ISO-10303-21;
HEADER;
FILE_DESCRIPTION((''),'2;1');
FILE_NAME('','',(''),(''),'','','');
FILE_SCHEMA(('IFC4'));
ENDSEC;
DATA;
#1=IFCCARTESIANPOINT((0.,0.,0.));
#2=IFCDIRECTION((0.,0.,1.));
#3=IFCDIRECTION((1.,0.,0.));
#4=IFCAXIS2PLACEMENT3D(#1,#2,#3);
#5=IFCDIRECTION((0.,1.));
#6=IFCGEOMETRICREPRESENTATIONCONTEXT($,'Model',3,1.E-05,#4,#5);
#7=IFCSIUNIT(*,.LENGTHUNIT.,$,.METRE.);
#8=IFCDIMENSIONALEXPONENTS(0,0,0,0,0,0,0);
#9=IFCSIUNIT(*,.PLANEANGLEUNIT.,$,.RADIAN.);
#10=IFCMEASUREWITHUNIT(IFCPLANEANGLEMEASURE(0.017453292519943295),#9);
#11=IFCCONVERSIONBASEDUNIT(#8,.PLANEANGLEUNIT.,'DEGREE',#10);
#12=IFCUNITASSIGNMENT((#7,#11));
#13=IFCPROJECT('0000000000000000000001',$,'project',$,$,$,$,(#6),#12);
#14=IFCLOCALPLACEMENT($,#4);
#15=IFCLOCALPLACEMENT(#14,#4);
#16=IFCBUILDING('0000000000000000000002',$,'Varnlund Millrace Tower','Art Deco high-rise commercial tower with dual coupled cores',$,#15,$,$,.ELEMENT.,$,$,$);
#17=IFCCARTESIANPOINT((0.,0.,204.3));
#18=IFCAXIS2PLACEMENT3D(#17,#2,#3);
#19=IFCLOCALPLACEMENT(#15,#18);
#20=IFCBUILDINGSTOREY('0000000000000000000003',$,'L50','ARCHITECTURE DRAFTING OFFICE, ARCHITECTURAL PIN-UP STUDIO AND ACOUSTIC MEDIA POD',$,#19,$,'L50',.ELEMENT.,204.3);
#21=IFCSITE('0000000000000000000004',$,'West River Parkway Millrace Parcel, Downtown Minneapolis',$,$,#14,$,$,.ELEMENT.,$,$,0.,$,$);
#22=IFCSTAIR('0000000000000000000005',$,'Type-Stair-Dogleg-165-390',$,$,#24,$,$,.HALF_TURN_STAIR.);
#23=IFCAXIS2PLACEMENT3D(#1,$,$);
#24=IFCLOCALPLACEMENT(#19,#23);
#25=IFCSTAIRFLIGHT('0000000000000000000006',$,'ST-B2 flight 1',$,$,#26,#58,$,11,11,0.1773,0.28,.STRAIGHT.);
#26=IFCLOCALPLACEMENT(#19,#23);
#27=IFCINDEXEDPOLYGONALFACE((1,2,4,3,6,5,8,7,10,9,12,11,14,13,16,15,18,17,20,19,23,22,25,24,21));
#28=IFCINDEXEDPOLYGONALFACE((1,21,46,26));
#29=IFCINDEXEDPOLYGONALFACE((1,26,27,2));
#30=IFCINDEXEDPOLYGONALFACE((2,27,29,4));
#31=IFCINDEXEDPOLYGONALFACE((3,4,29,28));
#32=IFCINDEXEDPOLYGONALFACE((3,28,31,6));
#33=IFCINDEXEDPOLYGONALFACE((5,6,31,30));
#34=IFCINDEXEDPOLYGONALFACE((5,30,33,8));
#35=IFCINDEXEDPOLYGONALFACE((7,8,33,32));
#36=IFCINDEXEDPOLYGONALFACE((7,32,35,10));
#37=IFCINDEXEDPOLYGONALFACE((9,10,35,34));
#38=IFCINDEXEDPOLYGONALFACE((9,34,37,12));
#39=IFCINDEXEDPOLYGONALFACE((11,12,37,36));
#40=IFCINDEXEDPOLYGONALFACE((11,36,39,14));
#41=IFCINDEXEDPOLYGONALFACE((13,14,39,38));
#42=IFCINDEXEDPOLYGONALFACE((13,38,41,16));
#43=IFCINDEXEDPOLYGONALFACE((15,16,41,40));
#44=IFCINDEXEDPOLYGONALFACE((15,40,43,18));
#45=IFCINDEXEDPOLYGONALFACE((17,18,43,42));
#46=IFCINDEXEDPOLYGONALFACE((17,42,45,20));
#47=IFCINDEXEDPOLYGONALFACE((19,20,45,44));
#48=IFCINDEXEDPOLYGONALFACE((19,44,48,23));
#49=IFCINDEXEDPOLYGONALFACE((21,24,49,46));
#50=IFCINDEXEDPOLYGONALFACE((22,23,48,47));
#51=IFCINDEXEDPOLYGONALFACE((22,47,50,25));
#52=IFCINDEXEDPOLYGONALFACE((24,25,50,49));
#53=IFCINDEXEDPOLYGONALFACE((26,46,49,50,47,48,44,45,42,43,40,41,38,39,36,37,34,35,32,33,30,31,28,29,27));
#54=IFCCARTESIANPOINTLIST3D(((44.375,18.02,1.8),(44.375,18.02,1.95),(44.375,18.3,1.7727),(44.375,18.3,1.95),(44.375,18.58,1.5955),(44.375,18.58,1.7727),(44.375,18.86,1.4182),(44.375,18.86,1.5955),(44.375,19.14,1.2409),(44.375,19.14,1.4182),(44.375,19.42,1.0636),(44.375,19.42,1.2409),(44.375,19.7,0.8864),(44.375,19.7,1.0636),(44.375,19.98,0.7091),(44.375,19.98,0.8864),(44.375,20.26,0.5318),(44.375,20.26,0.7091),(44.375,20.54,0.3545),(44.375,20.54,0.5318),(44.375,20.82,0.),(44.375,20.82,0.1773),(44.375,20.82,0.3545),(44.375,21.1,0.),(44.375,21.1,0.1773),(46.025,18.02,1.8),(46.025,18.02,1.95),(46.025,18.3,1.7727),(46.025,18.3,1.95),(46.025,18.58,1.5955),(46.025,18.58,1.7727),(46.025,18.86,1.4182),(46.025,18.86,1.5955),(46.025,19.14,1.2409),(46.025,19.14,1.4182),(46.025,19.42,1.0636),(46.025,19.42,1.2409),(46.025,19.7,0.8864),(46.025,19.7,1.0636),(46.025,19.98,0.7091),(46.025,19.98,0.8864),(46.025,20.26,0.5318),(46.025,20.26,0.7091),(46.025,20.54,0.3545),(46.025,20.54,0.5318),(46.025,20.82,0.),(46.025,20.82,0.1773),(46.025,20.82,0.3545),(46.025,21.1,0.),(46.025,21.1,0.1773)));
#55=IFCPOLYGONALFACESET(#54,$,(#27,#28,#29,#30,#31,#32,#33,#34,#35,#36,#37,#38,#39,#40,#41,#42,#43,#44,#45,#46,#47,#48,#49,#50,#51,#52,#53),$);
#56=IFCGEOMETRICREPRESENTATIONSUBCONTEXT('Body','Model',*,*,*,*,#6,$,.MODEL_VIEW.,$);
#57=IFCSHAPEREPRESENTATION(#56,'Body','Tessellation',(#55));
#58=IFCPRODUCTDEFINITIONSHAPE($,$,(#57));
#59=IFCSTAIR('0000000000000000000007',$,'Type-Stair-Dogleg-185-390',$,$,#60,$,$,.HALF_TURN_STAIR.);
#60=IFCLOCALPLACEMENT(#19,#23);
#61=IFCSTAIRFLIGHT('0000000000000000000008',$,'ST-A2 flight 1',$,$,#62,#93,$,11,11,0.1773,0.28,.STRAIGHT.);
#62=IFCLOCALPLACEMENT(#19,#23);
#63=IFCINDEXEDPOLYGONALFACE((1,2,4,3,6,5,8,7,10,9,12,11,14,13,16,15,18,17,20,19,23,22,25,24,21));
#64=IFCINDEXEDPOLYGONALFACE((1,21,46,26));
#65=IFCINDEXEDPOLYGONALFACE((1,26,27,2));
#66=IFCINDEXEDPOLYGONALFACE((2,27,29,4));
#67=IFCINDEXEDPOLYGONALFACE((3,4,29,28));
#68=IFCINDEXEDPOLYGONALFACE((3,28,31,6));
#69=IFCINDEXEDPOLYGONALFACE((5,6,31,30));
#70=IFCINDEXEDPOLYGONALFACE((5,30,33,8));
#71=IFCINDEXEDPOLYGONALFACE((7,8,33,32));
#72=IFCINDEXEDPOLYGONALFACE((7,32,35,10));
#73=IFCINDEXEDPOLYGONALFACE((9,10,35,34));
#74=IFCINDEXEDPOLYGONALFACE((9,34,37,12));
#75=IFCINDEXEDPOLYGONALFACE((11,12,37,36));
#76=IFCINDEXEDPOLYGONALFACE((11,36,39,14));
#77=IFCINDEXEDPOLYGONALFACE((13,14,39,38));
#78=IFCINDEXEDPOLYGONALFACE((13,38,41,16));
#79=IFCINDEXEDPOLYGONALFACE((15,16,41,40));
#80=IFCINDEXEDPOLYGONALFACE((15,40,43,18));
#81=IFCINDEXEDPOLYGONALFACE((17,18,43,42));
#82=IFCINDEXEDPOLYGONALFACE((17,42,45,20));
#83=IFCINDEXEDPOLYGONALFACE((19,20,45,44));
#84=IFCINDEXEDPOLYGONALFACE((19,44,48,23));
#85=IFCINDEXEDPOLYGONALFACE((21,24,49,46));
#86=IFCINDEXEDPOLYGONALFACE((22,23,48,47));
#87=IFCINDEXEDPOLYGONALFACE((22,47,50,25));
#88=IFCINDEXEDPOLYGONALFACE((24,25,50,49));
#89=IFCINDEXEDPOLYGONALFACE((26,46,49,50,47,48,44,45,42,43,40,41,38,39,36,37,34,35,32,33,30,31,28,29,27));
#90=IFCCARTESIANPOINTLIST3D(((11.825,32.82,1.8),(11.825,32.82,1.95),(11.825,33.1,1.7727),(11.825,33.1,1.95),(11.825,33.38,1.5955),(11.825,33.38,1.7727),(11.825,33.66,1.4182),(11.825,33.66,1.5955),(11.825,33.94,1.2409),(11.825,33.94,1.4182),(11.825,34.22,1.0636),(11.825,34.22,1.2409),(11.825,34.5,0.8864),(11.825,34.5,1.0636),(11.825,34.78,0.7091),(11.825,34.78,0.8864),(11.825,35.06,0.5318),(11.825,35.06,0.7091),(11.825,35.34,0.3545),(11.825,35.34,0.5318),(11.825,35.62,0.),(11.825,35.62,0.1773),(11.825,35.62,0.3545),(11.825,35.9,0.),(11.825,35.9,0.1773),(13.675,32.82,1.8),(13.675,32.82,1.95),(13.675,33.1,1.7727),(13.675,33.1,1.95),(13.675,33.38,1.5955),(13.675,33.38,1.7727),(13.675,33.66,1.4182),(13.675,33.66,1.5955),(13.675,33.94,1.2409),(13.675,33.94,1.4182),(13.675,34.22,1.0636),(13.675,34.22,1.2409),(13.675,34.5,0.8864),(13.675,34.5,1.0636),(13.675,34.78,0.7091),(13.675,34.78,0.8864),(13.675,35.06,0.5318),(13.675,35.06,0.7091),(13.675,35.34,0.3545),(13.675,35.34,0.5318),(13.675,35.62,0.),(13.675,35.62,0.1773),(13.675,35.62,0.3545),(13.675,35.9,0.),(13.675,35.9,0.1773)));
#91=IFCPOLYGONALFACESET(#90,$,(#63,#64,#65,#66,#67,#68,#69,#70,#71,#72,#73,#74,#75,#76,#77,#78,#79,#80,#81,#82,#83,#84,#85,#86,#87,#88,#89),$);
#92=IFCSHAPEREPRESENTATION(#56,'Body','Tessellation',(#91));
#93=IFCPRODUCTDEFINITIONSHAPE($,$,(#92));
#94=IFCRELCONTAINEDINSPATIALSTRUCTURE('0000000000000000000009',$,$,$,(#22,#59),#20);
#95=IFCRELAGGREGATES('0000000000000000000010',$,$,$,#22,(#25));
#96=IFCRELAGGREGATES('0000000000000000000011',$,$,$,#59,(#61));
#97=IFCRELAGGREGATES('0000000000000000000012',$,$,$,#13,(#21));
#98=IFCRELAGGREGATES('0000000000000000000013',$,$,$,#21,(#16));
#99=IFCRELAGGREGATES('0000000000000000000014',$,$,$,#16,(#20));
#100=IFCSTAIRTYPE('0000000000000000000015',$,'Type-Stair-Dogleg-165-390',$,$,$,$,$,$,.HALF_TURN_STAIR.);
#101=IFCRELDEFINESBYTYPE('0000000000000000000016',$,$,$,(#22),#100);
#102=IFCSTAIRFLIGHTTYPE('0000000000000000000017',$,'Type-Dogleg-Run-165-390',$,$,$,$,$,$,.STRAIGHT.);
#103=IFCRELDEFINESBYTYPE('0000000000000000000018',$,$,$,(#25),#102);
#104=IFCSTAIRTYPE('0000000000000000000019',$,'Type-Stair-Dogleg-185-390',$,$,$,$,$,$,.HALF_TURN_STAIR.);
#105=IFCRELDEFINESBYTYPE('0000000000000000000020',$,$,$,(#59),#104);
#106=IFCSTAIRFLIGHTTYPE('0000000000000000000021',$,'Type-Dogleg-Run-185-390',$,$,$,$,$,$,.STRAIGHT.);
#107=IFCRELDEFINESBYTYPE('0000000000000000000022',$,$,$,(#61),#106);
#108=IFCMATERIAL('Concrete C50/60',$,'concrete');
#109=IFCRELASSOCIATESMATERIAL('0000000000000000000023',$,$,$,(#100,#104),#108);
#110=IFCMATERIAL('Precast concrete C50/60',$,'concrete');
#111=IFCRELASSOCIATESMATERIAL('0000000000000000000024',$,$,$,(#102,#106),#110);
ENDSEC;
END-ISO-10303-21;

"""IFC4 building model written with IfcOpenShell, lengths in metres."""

from ifc_helpers import new_model, entity, si_unit, converted_unit, direction, frame, origin_with_axes, place, context, subcontext, project, spatial, polyline, outline, extrude, material, type_object, element, aggregate, save


model = new_model("IFC4")

# Units and contexts
model_context = context("Model", 3, precision=1e-05, world=origin_with_axes(), true_north=direction((0.0, 1.0)))
body_context = subcontext(model_context, "Body", "Model", "MODEL_VIEW")
ifc_project = project(units=[si_unit("LENGTHUNIT", "METRE"), converted_unit("PLANEANGLEUNIT", "DEGREE", entity("IfcPlaneAngleMeasure", 0.017453292519943295), si_unit("PLANEANGLEUNIT", "RADIAN"), dimensions=[0, 0, 0, 0, 0, 0, 0])], contexts=[model_context])

# Site, building, storey
site_placement = place(None, origin_with_axes())
site = spatial("IfcSite", under=ifc_project, at=site_placement, Name="West River Parkway Millrace Parcel, Downtown Minneapolis", CompositionType="ELEMENT", RefElevation=0.0)
building_placement = place(site_placement, origin_with_axes())
building = spatial("IfcBuilding", under=site, at=building_placement, Name="Varnlund Millrace Tower", Description="Art Deco high-rise commercial tower with dual coupled cores", CompositionType="ELEMENT")
storey_placement = place(building_placement, frame((0.0, 0.0, 204.3), z_axis=(0.0, 0.0, 1.0), x_axis=(1.0, 0.0, 0.0)))
storey = spatial("IfcBuildingStorey", under=building, at=storey_placement, Name="L50", Description="ARCHITECTURE DRAFTING OFFICE, ARCHITECTURAL PIN-UP STUDIO AND ACOUSTIC MEDIA POD", LongName="L50", CompositionType="ELEMENT", Elevation=204.3)

# Stairs, stair flights
ifc_material_1 = material(Name="Concrete C50/60", Category="concrete")
stair_type_1 = type_object("IfcStairType", Name="Type-Stair-Dogleg-165-390", PredefinedType="HALF_TURN_STAIR", material=ifc_material_1)
stair_1_placement = place(storey_placement, origin_with_axes())
stair_1 = element("IfcStair", 1, at=stair_1_placement, inside=storey, type_object=stair_type_1, Name="Type-Stair-Dogleg-165-390", PredefinedType="HALF_TURN_STAIR")
ifc_material_2 = material(Name="Precast concrete C50/60", Category="concrete")
stair_flight_type_1 = type_object("IfcStairFlightType", Name="Type-Dogleg-Run-165-390", PredefinedType="STRAIGHT", material=ifc_material_2)
stair_flight_1_placement = place(storey_placement, frame((46.025, 21.1, 0.0), z_axis=(-1.0, 0.0, 0.0), x_axis=(0.0, -1.0, 0.0)))
stair_flight_1 = element("IfcStairFlight", 2, at=stair_flight_1_placement, type_object=stair_flight_type_1, Name="ST-B2 flight 1", NumberOfRisers=11, NumberOfTreads=11, PredefinedType="STRAIGHT", RiserHeight=0.1773, TreadLength=0.28, context=body_context, shape_type="SweptSolid", body=[
    extrude(outline(polyline([(0.0, 0.0), (0.0, 0.1773), (0.28, 0.1773), (0.28, 0.3545), (0.56, 0.3545), (0.56, 0.5318), (0.84, 0.5318), (0.84, 0.7091), (1.12, 0.7091), (1.12, 0.8864), (1.4, 0.8864), (1.4, 1.0636), (1.68, 1.0636), (1.68, 1.2409), (1.96, 1.2409), (1.96, 1.4182), (2.24, 1.4182), (2.24, 1.5955), (2.52, 1.5955), (2.52, 1.7727), (2.8, 1.7727), (2.8, 1.95), (3.08, 1.95), (3.08, 1.8), (0.28, 0.0), (0.0, 0.0)])), origin_with_axes(), (0.0, 0.0, 1.0), 1.65),
])
aggregate(stair_1, [stair_flight_1])
stair_type_2 = type_object("IfcStairType", Name="Type-Stair-Dogleg-185-390", PredefinedType="HALF_TURN_STAIR", material=ifc_material_1)
stair_2_placement = place(storey_placement, origin_with_axes())
stair_2 = element("IfcStair", 3, at=stair_2_placement, inside=storey, type_object=stair_type_2, Name="Type-Stair-Dogleg-185-390", PredefinedType="HALF_TURN_STAIR")
stair_flight_type_2 = type_object("IfcStairFlightType", Name="Type-Dogleg-Run-185-390", PredefinedType="STRAIGHT", material=ifc_material_2)
stair_flight_2_placement = place(storey_placement, frame((13.675, 35.9, 0.0), z_axis=(-1.0, 0.0, 0.0), x_axis=(0.0, -1.0, 0.0)))
stair_flight_2 = element("IfcStairFlight", 4, at=stair_flight_2_placement, type_object=stair_flight_type_2, Name="ST-A2 flight 1", NumberOfRisers=11, NumberOfTreads=11, PredefinedType="STRAIGHT", RiserHeight=0.1773, TreadLength=0.28, context=body_context, shape_type="SweptSolid", body=[
    extrude(outline(polyline([(0.0, 0.0), (0.0, 0.1773), (0.28, 0.1773), (0.28, 0.3545), (0.56, 0.3545), (0.56, 0.5318), (0.84, 0.5318), (0.84, 0.7091), (1.12, 0.7091), (1.12, 0.8864), (1.4, 0.8864), (1.4, 1.0636), (1.68, 1.0636), (1.68, 1.2409), (1.96, 1.2409), (1.96, 1.4182), (2.24, 1.4182), (2.24, 1.5955), (2.52, 1.5955), (2.52, 1.7727), (2.8, 1.7727), (2.8, 1.95), (3.08, 1.95), (3.08, 1.8), (0.28, 0.0), (0.0, 0.0)])), origin_with_axes(), (0.0, 0.0, 1.0), 1.85),
])
aggregate(stair_2, [stair_flight_2])

save(model, "model.ifc")
